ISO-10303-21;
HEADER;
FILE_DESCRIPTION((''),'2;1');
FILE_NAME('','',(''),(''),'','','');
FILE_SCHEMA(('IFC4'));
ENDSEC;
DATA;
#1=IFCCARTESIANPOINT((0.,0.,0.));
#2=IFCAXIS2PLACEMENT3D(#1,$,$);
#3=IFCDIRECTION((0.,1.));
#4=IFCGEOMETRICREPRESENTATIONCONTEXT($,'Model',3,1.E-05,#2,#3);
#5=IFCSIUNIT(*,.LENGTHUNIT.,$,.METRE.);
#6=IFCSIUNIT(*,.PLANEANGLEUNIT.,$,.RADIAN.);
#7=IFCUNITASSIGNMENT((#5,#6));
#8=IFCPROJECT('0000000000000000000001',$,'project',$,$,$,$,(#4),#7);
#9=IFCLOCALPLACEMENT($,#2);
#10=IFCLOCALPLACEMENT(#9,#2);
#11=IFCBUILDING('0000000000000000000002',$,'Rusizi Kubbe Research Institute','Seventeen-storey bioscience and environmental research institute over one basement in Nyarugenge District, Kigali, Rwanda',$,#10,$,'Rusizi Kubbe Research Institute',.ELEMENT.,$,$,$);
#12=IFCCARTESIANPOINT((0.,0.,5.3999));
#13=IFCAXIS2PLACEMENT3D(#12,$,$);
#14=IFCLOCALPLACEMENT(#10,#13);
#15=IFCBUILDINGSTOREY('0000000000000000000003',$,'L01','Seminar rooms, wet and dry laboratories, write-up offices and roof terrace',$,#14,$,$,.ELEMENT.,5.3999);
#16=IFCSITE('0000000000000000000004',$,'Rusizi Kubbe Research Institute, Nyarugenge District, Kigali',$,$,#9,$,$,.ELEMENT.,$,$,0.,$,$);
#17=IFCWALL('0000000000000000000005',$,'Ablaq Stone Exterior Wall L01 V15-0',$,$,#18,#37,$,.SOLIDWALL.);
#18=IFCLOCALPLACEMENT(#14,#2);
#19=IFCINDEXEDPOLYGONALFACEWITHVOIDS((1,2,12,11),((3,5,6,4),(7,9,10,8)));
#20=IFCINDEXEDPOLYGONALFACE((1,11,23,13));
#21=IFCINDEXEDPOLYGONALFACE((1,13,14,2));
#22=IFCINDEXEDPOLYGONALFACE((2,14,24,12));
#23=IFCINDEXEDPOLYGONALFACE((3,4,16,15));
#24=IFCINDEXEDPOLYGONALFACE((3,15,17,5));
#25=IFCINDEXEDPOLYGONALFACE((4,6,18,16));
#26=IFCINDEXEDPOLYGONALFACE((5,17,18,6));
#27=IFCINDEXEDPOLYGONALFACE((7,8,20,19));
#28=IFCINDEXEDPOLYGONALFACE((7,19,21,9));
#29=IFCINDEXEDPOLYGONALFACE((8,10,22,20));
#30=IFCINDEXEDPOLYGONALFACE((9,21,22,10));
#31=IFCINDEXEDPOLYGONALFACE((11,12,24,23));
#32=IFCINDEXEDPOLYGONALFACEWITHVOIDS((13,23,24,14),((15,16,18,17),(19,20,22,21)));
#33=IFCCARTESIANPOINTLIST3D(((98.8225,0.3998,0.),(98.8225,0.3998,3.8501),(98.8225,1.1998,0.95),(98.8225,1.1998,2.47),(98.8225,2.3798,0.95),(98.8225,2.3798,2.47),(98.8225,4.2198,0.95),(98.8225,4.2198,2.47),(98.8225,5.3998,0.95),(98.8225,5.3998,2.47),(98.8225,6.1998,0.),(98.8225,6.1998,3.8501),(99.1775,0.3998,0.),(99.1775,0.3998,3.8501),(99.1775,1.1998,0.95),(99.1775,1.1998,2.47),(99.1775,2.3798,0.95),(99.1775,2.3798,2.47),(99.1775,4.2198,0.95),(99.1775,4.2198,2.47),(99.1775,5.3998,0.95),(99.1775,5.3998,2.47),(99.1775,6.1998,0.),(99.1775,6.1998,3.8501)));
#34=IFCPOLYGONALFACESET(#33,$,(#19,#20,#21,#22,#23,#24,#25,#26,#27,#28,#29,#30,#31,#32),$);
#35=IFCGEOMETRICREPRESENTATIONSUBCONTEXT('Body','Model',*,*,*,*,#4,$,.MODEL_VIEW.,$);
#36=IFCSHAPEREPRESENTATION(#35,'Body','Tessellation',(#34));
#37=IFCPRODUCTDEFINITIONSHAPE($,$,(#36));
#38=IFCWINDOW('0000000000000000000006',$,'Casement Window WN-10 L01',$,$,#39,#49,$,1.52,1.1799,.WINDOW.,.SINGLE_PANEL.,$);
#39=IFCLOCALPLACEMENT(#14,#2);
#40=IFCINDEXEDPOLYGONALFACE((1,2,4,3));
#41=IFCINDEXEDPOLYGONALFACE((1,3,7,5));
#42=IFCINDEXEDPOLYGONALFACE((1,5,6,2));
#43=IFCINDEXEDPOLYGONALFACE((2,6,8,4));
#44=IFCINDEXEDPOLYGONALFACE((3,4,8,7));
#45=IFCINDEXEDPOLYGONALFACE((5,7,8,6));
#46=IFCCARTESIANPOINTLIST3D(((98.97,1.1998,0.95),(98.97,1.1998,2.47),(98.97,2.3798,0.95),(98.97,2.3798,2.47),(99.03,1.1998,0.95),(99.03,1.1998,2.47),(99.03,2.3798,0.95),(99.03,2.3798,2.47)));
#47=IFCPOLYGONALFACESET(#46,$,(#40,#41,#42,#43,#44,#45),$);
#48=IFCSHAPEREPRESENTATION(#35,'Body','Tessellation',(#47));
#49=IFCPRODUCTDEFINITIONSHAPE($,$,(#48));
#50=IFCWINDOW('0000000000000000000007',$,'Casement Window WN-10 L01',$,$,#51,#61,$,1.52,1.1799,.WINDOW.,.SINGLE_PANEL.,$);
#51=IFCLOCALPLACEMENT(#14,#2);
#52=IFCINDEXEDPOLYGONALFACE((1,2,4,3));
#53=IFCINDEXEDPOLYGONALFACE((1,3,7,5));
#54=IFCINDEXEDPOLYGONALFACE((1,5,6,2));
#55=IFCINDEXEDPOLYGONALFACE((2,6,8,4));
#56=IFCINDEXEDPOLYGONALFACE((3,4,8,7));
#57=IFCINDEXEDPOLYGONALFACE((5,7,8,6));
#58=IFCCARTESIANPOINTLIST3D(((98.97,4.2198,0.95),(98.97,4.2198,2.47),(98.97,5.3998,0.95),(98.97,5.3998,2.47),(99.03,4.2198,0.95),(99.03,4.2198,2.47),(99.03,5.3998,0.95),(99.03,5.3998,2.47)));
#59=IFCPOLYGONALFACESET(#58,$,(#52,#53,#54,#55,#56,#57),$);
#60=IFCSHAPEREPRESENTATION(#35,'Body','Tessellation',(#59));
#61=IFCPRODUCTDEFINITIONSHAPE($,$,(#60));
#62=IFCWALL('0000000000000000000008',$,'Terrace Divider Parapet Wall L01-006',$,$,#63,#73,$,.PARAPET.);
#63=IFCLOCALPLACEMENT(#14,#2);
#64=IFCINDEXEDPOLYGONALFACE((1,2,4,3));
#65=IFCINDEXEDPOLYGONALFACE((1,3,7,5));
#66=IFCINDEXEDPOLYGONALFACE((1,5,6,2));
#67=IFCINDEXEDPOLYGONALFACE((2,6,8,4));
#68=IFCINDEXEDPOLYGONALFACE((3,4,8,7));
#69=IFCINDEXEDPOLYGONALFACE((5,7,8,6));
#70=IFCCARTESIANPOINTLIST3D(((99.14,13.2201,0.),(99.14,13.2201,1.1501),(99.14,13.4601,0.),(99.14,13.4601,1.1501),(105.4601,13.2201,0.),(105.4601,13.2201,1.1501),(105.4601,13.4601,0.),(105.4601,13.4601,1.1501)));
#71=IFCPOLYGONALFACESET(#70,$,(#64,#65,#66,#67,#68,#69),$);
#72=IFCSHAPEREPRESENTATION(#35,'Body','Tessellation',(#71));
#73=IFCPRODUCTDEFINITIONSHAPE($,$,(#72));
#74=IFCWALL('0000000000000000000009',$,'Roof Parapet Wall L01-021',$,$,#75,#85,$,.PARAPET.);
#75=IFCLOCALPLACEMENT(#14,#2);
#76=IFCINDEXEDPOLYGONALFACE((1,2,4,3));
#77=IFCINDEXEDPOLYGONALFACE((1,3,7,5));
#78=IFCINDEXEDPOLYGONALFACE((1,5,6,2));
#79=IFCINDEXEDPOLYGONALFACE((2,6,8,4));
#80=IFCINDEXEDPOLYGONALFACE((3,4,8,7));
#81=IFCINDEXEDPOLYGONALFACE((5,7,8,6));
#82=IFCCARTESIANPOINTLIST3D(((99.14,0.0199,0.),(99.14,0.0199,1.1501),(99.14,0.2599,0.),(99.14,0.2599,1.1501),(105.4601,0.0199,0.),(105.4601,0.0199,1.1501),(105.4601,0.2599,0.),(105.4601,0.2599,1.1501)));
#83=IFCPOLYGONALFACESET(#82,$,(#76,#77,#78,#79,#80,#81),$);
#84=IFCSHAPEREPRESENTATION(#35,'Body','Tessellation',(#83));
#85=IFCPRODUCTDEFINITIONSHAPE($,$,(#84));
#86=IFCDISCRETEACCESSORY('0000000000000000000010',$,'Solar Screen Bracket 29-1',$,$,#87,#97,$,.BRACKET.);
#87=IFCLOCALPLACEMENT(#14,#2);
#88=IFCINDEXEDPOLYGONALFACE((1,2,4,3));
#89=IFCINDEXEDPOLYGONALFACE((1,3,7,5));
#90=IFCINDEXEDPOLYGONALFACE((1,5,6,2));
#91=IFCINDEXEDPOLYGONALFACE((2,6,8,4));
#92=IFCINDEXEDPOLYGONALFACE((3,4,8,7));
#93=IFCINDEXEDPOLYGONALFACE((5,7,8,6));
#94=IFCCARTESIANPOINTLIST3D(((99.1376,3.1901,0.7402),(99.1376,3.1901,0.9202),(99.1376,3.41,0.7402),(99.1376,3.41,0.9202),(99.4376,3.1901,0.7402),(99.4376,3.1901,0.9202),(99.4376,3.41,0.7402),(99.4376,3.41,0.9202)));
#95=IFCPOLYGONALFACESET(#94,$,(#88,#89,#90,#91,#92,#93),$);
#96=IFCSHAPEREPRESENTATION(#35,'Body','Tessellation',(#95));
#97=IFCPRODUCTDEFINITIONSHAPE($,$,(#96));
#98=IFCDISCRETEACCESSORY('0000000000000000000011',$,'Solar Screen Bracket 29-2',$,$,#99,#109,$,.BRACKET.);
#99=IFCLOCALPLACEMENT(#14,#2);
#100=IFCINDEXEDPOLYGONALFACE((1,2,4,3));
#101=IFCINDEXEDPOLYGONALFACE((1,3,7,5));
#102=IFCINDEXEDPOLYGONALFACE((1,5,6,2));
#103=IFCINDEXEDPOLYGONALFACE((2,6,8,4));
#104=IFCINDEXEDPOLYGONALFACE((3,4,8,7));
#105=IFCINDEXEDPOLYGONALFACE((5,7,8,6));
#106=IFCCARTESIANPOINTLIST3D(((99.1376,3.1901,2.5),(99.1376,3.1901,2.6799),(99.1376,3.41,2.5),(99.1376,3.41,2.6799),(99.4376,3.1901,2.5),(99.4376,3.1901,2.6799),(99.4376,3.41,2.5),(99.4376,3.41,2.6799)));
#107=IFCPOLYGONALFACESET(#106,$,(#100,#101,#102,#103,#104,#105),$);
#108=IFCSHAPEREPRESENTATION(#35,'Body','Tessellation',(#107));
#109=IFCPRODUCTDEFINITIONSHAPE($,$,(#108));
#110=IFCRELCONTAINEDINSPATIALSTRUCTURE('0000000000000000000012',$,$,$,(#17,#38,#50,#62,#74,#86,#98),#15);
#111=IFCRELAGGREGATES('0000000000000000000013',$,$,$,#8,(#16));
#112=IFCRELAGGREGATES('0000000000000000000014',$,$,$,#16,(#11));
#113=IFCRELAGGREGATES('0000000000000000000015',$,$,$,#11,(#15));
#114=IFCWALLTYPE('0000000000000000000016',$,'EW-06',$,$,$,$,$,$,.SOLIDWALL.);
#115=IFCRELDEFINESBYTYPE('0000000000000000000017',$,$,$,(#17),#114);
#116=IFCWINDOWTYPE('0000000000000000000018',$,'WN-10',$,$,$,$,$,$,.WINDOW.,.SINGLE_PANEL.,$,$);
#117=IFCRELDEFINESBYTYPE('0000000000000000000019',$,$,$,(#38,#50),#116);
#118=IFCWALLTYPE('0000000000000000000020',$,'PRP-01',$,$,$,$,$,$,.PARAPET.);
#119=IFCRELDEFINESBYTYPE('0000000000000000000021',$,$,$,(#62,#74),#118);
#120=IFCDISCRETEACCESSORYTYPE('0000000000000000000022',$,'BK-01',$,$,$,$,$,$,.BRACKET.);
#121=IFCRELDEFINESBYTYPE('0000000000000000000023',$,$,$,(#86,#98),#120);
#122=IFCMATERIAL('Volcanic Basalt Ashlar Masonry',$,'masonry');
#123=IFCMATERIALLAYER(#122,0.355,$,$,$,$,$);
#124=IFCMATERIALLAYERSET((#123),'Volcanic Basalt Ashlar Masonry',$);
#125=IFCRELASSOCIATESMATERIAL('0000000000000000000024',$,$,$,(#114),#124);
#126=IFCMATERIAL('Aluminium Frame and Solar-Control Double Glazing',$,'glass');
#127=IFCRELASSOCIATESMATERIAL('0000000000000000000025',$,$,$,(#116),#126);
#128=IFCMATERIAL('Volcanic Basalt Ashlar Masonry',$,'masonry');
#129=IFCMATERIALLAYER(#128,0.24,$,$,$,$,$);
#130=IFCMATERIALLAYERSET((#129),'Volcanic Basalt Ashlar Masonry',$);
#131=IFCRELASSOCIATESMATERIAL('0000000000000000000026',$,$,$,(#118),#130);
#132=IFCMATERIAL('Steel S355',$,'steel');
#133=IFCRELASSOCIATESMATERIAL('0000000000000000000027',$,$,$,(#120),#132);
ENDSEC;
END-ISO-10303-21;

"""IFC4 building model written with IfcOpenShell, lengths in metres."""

from ifc_helpers import new_model, si_unit, direction, frame, frame_2d, origin, origin_2d, place, context, subcontext, project, spatial, rectangle, extrude, material, layer, layer_set, type_object, element, fill, save


model = new_model("IFC4")

# Units and contexts
model_context = context("Model", 3, precision=1e-05, world=origin(), true_north=direction((0.0, 1.0)))
body_context = subcontext(model_context, "Body", "Model", "MODEL_VIEW")
ifc_project = project(units=[si_unit("LENGTHUNIT", "METRE"), si_unit("PLANEANGLEUNIT", "RADIAN")], contexts=[model_context])

# Site, building, storey
site_placement = place(None, origin())
site = spatial("IfcSite", under=ifc_project, at=site_placement, Name="Rusizi Kubbe Research Institute, Nyarugenge District, Kigali", CompositionType="ELEMENT", RefElevation=0.0)
building_placement = place(site_placement, origin())
building = spatial("IfcBuilding", under=site, at=building_placement, Name="Rusizi Kubbe Research Institute", Description="Seventeen-storey bioscience and environmental research institute over one basement in Nyarugenge District, Kigali, Rwanda", LongName="Rusizi Kubbe Research Institute", CompositionType="ELEMENT")
storey_placement = place(building_placement, frame((0.0, 0.0, 5.3999)))
storey = spatial("IfcBuildingStorey", under=building, at=storey_placement, Name="L01", Description="Seminar rooms, wet and dry laboratories, write-up offices and roof terrace", CompositionType="ELEMENT", Elevation=5.3999)

# Wall, openings, windows
ifc_material_1 = material(Name="Volcanic Basalt Ashlar Masonry", Category="masonry")
ifc_layer_1 = layer(ifc_material_1, 0.355)
ifc_layer_set_1 = layer_set([ifc_layer_1], Name="Volcanic Basalt Ashlar Masonry")
wall_type_1 = type_object("IfcWallType", Name="EW-06", PredefinedType="SOLIDWALL", material=ifc_layer_set_1)
wall_placement = place(storey_placement, frame((99.0, 0.3999, 0.0), z_axis=(0.0, 0.0, 1.0), x_axis=(0.0, 1.0, 0.0)))
wall = element("IfcWall", 1, at=wall_placement, inside=storey, type_object=wall_type_1, Name="Ablaq Stone Exterior Wall L01 V15-0", PredefinedType="SOLIDWALL", context=body_context, shape_type="SweptSolid", body=[
    extrude(rectangle(XDim=5.8, YDim=0.355, at=frame_2d((2.8999, 0.0))), origin(), (0.0, 0.0, 1.0), 3.8501),
])
opening_1_placement = place(wall_placement, frame((0.8, 0.0, 0.95)))
opening_1 = element("IfcOpeningElement", 2, at=opening_1_placement, cuts=wall, PredefinedType="OPENING", context=body_context, shape_type="SweptSolid", body=[
    extrude(rectangle(XDim=1.1799, YDim=1.52, at=frame_2d((0.5898, 0.76))), frame((0.0, 0.1875, 0.0), z_axis=(0.0, -1.0, 0.0), x_axis=(1.0, 0.0, 0.0)), (0.0, 0.0, 1.0), 0.375),
])
opening_2_placement = place(wall_placement, frame((3.8201, 0.0, 0.95)))
opening_2 = element("IfcOpeningElement", 3, at=opening_2_placement, cuts=wall, PredefinedType="OPENING", context=body_context, shape_type="SweptSolid", body=[
    extrude(rectangle(XDim=1.1799, YDim=1.52, at=frame_2d((0.5898, 0.76))), frame((0.0, 0.1875, 0.0), z_axis=(0.0, -1.0, 0.0), x_axis=(1.0, 0.0, 0.0)), (0.0, 0.0, 1.0), 0.375),
])
ifc_material_2 = material(Name="Aluminium Frame and Solar-Control Double Glazing", Category="glass")
window_type = type_object("IfcWindowType", Name="WN-10", PartitioningType="SINGLE_PANEL", PredefinedType="WINDOW", material=ifc_material_2)
window_1_placement = place(opening_1_placement, origin())
window_1 = element("IfcWindow", 4, at=window_1_placement, inside=storey, type_object=window_type, Name="Casement Window WN-10 L01", OverallHeight=1.52, OverallWidth=1.1799, PartitioningType="SINGLE_PANEL", PredefinedType="WINDOW", context=body_context, shape_type="SweptSolid", body=[
    extrude(rectangle(XDim=1.1799, YDim=1.52, at=frame_2d((0.5898, 0.76))), frame((0.0, 0.03, 0.0), z_axis=(0.0, -1.0, 0.0), x_axis=(1.0, 0.0, 0.0)), (0.0, 0.0, 1.0), 0.0601),
])
fill(opening_1, window_1)
window_2_placement = place(opening_2_placement, origin())
window_2 = element("IfcWindow", 5, at=window_2_placement, inside=storey, type_object=window_type, Name="Casement Window WN-10 L01", OverallHeight=1.52, OverallWidth=1.1799, PartitioningType="SINGLE_PANEL", PredefinedType="WINDOW", context=body_context, shape_type="SweptSolid", body=[
    extrude(rectangle(XDim=1.1799, YDim=1.52, at=frame_2d((0.5898, 0.76))), frame((0.0, 0.03, 0.0), z_axis=(0.0, -1.0, 0.0), x_axis=(1.0, 0.0, 0.0)), (0.0, 0.0, 1.0), 0.0601),
])
fill(opening_2, window_2)

# Walls
ifc_material_3 = material(Name="Volcanic Basalt Ashlar Masonry", Category="masonry")
ifc_layer_2 = layer(ifc_material_3, 0.24)
ifc_layer_set_2 = layer_set([ifc_layer_2], Name="Volcanic Basalt Ashlar Masonry")
wall_type_2 = type_object("IfcWallType", Name="PRP-01", PredefinedType="PARAPET", material=ifc_layer_set_2)
for number, where, z_axis, x_axis, name in (
    (6, (99.1399, 13.3401, 0.0), (0.0, 0.0, 1.0), (1.0, 0.0, 0.0), "Terrace Divider Parapet Wall L01-006"),
    (7, (99.1399, 0.1399, 0.0), (0.0, 0.0, 1.0), (1.0, 0.0, 0.0), "Roof Parapet Wall L01-021"),
):
    element("IfcWall", number, at=place(storey_placement, frame(where, z_axis=z_axis, x_axis=x_axis)), inside=storey, type_object=wall_type_2, Name=name, PredefinedType="PARAPET", context=body_context, shape_type="SweptSolid", body=[
        extrude(rectangle(XDim=6.3201, YDim=0.24, at=frame_2d((3.1602, 0.0))), origin(), (0.0, 0.0, 1.0), 1.1501),
    ])

# Discrete accessories
ifc_material_4 = material(Name="Steel S355", Category="steel")
discrete_accessory_type = type_object("IfcDiscreteAccessoryType", Name="BK-01", PredefinedType="BRACKET", material=ifc_material_4)
for number, where, z_axis, x_axis, name in (
    (8, (99.2876, 3.3, 0.7402), (0.0, 0.0, 1.0), (1.0, 0.0, 0.0), "Solar Screen Bracket 29-1"),
    (9, (99.2876, 3.3, 2.5), (0.0, 0.0, 1.0), (1.0, 0.0, 0.0), "Solar Screen Bracket 29-2"),
):
    element("IfcDiscreteAccessory", number, at=place(storey_placement, frame(where, z_axis=z_axis, x_axis=x_axis)), inside=storey, type_object=discrete_accessory_type, Name=name, PredefinedType="BRACKET", context=body_context, shape_type="SweptSolid", body=[
        extrude(rectangle(XDim=0.3, YDim=0.22, at=origin_2d()), origin(), (0.0, 0.0, 1.0), 0.1799),
    ])

save(model, "model.ifc")
